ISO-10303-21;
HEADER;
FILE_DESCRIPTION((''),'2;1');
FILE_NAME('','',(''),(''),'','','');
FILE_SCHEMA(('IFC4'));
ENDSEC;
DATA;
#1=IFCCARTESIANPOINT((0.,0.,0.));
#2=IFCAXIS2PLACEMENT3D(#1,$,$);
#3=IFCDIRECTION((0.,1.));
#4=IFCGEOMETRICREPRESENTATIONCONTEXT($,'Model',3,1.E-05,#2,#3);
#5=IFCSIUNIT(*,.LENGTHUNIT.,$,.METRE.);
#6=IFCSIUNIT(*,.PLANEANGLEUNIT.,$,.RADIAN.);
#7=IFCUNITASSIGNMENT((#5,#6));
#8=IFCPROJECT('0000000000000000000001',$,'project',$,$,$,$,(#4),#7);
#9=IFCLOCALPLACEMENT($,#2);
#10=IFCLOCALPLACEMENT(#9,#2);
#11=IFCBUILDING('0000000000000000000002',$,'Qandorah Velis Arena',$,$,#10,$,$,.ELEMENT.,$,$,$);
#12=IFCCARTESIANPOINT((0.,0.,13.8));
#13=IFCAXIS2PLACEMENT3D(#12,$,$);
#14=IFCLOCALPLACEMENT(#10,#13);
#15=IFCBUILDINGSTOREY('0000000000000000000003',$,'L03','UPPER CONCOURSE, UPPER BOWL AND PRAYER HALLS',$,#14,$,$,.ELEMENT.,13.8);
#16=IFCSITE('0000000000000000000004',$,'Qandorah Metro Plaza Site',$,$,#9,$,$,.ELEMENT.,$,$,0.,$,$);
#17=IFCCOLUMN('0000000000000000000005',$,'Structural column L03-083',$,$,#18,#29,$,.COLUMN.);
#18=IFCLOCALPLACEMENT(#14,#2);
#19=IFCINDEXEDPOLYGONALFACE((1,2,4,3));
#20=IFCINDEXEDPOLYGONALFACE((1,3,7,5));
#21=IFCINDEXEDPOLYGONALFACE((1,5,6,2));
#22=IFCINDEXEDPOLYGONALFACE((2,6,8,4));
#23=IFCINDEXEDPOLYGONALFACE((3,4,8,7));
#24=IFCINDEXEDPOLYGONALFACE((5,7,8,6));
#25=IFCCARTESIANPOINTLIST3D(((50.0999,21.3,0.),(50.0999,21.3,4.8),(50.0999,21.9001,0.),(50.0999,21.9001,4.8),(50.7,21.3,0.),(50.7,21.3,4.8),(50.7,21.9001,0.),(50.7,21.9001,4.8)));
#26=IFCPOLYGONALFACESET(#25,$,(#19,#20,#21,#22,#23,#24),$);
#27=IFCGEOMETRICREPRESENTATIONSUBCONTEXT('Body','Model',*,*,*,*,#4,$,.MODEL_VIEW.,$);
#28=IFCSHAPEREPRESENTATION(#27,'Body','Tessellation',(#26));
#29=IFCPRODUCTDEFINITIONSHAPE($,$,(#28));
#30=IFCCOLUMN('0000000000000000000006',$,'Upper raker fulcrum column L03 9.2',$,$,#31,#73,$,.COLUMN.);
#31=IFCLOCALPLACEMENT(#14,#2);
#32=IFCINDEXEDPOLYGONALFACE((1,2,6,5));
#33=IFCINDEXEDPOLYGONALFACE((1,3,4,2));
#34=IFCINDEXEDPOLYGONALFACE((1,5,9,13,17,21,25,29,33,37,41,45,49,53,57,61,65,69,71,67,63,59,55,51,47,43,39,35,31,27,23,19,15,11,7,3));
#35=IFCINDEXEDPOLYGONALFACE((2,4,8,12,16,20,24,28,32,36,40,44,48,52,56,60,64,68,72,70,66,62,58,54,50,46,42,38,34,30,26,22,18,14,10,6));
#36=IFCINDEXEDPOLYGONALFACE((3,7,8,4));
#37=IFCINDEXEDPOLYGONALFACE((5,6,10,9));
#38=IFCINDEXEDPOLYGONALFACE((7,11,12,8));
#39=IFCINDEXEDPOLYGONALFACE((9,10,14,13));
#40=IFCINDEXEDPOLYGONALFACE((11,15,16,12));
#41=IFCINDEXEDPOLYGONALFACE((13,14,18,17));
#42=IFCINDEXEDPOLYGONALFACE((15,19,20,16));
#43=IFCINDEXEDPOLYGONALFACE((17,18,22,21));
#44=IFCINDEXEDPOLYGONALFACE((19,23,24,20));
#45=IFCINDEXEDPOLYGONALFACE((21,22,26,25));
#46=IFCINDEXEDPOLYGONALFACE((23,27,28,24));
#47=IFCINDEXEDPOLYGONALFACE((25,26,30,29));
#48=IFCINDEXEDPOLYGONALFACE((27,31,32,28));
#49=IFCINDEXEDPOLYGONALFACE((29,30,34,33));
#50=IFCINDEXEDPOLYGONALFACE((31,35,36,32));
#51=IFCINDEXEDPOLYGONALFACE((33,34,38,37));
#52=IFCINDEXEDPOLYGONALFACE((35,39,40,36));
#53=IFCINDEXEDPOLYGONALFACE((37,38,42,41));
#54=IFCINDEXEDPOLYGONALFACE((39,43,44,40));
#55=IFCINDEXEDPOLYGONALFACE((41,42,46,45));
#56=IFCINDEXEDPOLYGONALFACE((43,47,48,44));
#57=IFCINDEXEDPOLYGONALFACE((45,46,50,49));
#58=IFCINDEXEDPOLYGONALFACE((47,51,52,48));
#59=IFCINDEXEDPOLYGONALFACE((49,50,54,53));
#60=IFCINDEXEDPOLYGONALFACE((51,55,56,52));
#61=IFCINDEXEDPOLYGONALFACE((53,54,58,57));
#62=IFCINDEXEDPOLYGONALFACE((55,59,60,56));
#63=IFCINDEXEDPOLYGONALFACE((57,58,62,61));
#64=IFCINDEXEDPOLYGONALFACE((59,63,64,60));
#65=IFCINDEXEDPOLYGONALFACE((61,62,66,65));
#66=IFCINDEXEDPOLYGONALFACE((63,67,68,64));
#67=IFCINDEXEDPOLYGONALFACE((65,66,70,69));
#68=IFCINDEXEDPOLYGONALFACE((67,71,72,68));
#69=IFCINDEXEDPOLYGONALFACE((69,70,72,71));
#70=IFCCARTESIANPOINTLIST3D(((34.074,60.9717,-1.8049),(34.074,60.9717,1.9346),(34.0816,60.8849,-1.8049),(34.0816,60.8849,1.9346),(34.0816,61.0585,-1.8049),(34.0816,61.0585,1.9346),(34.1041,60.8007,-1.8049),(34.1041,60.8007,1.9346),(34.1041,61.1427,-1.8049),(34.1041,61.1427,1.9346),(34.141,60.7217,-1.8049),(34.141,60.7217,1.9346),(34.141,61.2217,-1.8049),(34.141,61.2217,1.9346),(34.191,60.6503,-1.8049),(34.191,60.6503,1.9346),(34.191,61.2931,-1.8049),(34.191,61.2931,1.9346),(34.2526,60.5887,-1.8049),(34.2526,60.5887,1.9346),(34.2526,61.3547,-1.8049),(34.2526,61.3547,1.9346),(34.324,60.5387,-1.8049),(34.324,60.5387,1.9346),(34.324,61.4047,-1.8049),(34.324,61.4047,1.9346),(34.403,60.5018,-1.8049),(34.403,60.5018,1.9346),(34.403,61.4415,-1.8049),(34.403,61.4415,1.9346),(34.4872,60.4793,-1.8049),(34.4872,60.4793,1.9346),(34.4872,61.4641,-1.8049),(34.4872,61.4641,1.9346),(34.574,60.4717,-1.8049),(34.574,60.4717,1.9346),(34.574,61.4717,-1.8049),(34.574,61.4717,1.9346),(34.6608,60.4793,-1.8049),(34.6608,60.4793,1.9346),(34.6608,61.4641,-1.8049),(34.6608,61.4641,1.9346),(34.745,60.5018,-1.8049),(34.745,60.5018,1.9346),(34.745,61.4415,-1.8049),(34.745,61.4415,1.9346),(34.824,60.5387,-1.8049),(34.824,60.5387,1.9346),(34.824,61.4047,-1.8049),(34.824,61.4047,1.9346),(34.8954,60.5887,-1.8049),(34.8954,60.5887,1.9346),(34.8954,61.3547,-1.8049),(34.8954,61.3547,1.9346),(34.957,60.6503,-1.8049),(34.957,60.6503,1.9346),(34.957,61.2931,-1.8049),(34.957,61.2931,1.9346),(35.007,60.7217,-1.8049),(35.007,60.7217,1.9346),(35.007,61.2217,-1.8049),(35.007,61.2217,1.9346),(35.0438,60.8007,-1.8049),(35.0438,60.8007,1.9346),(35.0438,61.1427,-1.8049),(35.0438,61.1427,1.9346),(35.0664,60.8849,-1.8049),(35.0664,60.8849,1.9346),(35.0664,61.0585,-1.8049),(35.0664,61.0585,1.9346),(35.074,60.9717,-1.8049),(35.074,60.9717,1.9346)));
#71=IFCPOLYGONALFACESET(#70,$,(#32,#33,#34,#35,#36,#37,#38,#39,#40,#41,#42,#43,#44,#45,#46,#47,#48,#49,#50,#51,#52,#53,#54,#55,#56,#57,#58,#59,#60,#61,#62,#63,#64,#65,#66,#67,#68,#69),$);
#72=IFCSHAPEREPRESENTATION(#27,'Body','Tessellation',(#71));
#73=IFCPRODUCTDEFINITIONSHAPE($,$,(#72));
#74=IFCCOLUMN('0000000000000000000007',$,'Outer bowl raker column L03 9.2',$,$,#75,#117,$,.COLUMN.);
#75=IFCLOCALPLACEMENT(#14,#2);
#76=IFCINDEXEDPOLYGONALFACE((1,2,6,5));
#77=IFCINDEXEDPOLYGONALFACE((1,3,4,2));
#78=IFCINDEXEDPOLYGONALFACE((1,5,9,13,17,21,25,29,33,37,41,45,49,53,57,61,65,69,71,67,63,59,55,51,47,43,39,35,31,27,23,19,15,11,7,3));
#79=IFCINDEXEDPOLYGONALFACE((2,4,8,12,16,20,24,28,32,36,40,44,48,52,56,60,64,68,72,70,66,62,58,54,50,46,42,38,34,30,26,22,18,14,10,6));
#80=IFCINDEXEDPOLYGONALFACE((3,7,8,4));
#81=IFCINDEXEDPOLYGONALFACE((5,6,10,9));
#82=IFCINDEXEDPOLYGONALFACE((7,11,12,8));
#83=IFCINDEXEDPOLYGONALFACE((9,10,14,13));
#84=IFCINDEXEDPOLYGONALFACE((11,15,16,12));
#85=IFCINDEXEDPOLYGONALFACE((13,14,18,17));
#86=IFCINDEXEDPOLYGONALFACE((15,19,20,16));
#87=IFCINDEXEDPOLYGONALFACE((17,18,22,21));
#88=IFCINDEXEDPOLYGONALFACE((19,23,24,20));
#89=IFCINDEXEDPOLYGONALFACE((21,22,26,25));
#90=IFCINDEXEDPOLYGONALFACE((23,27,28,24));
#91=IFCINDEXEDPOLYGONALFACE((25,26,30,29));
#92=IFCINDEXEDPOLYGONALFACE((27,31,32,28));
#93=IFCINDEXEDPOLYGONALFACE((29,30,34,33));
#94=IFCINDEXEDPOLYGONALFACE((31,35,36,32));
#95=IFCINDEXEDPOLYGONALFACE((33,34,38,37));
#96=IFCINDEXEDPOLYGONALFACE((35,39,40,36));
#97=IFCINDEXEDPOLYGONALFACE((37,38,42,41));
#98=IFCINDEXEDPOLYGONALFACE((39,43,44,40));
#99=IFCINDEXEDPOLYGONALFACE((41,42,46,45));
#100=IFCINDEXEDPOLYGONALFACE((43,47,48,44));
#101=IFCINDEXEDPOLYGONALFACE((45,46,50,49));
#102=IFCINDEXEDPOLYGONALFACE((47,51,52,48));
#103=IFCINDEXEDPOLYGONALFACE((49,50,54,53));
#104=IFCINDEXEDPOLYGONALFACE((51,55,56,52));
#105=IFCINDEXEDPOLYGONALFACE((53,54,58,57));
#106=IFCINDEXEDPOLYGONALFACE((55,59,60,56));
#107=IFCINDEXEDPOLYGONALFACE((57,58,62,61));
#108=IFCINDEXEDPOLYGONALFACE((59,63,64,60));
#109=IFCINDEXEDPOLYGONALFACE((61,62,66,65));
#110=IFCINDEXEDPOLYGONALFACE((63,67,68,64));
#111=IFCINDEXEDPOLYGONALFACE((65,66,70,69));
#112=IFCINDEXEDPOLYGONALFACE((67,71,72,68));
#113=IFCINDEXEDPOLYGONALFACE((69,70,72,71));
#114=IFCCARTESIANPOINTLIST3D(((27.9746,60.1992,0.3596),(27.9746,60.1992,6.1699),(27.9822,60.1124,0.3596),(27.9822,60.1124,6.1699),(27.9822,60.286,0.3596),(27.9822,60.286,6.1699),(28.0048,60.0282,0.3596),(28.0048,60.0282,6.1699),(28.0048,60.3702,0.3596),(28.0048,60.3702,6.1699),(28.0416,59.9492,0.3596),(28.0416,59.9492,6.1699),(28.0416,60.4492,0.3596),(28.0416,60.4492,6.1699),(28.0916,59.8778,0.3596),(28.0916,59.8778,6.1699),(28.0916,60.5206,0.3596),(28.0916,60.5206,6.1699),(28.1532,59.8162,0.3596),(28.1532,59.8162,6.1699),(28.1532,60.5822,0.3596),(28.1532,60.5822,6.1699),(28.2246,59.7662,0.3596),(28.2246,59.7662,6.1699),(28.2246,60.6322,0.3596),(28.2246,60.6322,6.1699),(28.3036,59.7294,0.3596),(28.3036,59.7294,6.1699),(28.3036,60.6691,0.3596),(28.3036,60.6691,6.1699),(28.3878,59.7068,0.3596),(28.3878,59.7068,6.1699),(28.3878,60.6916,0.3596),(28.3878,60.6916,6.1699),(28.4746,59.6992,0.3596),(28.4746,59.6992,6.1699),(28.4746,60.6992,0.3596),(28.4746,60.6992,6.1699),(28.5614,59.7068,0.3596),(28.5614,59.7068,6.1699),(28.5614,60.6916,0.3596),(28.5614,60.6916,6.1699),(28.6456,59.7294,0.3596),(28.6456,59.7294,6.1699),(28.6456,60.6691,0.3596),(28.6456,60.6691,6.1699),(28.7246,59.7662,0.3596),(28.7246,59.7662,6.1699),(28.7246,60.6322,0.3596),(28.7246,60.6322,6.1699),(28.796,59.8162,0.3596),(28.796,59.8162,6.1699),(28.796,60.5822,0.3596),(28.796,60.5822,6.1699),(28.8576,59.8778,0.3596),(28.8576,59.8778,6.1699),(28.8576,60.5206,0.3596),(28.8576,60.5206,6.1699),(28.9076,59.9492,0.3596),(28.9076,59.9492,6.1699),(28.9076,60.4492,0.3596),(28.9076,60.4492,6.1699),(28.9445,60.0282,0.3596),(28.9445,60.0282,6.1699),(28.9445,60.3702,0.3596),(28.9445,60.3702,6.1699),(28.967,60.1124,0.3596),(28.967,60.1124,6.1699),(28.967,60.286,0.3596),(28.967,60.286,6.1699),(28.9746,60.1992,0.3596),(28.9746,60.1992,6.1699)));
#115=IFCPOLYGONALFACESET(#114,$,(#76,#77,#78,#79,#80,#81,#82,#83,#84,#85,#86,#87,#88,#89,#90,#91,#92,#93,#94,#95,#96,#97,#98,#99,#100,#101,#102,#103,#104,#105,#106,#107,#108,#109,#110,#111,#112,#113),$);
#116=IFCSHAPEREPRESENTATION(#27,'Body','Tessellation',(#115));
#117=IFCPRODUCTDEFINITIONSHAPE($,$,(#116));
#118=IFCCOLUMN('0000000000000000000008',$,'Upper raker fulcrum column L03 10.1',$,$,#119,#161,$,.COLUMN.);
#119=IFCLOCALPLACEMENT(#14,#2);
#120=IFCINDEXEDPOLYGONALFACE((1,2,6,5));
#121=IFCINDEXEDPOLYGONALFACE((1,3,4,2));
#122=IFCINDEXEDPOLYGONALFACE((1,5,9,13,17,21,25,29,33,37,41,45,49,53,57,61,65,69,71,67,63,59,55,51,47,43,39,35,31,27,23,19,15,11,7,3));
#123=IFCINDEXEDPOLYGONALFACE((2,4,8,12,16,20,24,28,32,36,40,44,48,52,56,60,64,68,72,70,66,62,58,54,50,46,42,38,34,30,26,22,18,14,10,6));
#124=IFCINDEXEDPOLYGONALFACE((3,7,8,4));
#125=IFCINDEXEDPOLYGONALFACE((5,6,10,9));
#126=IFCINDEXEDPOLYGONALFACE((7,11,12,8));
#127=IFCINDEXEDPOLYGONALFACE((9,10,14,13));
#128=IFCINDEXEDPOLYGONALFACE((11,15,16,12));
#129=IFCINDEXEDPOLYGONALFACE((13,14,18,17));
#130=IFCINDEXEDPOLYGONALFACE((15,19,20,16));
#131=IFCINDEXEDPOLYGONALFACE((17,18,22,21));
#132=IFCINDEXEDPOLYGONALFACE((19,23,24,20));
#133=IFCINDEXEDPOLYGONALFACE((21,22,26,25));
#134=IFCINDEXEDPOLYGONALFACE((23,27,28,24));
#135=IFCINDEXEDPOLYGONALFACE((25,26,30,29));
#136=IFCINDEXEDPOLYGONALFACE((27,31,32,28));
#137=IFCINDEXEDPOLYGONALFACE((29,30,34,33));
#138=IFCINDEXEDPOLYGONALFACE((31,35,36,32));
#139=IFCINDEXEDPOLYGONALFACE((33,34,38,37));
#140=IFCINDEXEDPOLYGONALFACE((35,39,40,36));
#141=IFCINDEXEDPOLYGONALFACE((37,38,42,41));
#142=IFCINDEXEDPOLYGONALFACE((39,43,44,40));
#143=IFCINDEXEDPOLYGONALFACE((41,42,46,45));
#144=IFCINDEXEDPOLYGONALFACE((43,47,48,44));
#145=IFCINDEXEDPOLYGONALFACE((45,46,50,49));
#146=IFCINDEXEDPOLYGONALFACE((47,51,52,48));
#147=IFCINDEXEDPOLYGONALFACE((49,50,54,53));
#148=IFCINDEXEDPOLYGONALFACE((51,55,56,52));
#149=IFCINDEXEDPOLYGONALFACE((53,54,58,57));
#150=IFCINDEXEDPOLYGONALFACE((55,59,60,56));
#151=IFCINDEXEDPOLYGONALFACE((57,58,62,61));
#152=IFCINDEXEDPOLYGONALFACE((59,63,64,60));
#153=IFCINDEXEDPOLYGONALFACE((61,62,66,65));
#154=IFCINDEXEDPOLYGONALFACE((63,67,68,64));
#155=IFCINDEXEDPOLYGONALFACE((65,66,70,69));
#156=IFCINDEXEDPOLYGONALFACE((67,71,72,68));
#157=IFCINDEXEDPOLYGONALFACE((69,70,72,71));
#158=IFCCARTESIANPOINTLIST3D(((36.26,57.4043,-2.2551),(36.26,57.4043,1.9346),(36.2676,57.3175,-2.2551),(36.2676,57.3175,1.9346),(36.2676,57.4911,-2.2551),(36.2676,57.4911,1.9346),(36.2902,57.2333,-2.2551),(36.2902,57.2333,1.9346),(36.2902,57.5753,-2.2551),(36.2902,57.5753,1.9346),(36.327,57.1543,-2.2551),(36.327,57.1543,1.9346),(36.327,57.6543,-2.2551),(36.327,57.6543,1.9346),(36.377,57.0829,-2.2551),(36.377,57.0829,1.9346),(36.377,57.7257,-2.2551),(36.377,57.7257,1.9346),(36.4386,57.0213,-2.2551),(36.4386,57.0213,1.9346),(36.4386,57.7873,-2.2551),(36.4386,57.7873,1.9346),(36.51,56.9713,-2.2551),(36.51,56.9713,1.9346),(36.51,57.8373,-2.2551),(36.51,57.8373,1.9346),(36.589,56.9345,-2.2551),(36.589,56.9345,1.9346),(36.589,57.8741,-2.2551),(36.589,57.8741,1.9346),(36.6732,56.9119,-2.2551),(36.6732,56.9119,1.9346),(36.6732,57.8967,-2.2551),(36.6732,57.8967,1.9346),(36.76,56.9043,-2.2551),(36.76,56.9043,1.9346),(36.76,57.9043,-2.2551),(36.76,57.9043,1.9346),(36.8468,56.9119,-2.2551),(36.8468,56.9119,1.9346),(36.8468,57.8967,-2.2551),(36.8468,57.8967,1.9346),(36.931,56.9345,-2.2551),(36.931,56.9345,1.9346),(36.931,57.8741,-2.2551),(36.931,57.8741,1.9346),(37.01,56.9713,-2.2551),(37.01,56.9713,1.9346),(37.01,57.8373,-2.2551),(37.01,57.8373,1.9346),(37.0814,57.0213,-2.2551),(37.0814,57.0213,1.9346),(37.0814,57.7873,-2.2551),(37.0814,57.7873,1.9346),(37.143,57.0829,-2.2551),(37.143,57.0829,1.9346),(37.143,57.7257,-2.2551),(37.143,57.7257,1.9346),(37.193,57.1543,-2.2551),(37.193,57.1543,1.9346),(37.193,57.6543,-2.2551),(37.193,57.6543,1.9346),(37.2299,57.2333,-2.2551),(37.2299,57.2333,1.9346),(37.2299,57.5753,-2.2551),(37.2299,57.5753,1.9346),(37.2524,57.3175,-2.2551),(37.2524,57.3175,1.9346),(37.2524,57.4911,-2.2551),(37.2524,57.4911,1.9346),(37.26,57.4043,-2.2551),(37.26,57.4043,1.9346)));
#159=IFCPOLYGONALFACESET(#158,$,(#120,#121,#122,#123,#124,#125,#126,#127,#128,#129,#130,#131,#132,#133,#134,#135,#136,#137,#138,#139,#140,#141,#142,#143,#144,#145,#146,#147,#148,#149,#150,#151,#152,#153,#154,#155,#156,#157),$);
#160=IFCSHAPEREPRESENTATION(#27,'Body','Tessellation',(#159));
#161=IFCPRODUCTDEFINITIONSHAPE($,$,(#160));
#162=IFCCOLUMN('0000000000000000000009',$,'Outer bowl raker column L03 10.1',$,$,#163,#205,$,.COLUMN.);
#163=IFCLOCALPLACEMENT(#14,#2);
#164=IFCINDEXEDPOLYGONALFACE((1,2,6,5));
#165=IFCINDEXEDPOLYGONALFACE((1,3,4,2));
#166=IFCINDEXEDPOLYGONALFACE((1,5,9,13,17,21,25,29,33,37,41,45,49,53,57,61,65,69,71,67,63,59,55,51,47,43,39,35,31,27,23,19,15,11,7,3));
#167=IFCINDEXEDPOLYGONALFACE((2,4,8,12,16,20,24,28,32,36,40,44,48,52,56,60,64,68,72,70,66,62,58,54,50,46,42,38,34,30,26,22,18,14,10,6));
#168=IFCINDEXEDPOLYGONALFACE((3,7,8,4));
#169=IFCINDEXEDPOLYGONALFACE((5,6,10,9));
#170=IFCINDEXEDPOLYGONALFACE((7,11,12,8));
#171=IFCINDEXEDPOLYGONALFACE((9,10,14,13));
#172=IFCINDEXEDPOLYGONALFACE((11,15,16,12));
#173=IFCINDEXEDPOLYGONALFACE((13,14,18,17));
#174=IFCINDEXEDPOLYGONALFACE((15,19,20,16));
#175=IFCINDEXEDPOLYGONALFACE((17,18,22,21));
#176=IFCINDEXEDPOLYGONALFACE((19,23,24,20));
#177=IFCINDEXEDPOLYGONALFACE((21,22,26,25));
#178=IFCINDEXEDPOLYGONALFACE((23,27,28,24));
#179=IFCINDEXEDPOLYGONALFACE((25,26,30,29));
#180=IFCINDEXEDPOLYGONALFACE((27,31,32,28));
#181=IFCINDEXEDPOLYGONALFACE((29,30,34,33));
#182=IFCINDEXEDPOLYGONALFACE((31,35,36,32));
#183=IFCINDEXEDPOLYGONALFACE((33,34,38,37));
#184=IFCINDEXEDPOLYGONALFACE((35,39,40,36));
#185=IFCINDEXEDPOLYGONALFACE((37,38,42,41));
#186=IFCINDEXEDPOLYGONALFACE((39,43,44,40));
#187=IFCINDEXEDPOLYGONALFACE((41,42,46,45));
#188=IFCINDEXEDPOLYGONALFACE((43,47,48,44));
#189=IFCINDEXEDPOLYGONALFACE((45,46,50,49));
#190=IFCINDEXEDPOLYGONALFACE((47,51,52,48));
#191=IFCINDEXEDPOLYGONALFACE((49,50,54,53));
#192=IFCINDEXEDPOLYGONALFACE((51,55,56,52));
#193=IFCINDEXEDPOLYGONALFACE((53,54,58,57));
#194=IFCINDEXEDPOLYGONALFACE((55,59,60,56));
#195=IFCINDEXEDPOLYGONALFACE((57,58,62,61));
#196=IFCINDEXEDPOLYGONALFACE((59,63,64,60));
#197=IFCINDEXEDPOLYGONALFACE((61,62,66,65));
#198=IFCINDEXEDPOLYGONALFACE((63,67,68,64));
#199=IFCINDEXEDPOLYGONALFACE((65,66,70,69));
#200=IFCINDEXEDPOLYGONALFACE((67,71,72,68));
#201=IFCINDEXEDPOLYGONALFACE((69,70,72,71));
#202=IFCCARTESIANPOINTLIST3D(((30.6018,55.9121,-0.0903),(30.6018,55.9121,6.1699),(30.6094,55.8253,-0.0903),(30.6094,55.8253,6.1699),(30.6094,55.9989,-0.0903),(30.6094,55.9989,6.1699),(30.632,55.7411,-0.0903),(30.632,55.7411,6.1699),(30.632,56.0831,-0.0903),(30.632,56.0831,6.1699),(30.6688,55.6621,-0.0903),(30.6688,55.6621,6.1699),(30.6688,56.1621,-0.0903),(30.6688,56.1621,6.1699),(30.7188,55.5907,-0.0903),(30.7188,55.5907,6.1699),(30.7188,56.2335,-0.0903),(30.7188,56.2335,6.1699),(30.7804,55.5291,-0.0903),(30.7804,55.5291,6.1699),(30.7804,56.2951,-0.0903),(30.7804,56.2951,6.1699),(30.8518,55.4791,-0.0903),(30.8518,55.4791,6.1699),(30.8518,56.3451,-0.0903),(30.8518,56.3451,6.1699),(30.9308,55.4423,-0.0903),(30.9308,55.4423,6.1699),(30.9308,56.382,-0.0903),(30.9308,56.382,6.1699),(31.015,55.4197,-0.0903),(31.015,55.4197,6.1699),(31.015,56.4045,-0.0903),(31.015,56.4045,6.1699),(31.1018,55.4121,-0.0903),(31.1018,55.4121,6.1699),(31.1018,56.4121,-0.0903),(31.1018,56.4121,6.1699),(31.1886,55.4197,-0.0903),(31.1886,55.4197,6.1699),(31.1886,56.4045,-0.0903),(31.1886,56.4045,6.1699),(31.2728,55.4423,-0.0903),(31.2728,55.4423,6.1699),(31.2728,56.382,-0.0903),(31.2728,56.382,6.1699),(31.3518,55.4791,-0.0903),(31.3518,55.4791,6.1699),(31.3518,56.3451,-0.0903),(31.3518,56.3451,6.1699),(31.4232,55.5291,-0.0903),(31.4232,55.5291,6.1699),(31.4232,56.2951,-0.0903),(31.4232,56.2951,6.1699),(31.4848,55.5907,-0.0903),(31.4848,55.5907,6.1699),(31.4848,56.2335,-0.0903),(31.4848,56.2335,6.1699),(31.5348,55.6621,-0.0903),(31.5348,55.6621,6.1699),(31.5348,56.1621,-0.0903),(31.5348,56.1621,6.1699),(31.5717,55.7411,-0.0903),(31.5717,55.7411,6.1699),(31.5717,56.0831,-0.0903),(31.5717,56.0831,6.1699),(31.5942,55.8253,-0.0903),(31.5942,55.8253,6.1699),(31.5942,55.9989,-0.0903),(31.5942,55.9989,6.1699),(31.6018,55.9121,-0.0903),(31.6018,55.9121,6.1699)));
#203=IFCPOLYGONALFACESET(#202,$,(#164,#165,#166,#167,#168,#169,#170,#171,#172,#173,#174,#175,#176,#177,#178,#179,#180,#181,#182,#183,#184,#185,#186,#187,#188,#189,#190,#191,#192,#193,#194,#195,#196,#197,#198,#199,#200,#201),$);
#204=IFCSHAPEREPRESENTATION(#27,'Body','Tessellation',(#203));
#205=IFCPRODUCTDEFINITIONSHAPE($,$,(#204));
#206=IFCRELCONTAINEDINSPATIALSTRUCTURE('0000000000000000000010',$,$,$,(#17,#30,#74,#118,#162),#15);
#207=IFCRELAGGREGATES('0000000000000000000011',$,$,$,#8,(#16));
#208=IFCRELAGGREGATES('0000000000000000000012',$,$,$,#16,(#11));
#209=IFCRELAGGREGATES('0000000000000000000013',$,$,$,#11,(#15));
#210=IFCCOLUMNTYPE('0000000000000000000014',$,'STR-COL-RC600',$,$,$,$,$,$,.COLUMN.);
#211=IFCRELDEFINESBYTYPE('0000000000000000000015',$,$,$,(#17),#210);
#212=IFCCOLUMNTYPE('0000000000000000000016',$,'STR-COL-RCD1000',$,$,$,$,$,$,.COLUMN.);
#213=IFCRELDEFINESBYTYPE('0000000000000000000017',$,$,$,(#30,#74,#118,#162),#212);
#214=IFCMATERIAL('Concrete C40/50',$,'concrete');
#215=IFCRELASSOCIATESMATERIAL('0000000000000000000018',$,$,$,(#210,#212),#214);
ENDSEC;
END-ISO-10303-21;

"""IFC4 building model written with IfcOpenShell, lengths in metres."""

from ifc_helpers import new_model, si_unit, direction, frame, origin, origin_2d, place, context, subcontext, project, spatial, rectangle, circle, extrude, material, material_profile, profile_set, type_object, element, save


model = new_model("IFC4")

# Units and contexts
model_context = context("Model", 3, precision=1e-05, world=origin(), true_north=direction((0.0, 1.0)))
body_context = subcontext(model_context, "Body", "Model", "MODEL_VIEW")
ifc_project = project(units=[si_unit("LENGTHUNIT", "METRE"), si_unit("PLANEANGLEUNIT", "RADIAN")], contexts=[model_context])

# Site, building, storey
site_placement = place(None, origin())
site = spatial("IfcSite", under=ifc_project, at=site_placement, Name="Qandorah Metro Plaza Site", CompositionType="ELEMENT", RefElevation=0.0)
building_placement = place(site_placement, origin())
building = spatial("IfcBuilding", under=site, at=building_placement, Name="Qandorah Velis Arena", CompositionType="ELEMENT")
storey_placement = place(building_placement, frame((0.0, 0.0, 13.8)))
storey = spatial("IfcBuildingStorey", under=building, at=storey_placement, Name="L03", Description="UPPER CONCOURSE, UPPER BOWL AND PRAYER HALLS", CompositionType="ELEMENT", Elevation=13.8)

# Columns
ifc_material_1 = material(Name="Concrete C40/50", Category="concrete")
ifc_material_profile_1 = material_profile(ifc_material_1, rectangle(XDim=0.6001, YDim=0.6001, at=origin_2d()), Name="RC COL 600x600")
ifc_profile_set_1 = profile_set([ifc_material_profile_1], Name="Concrete C40/50")
column_type_1 = type_object("IfcColumnType", Name="STR-COL-RC600", PredefinedType="COLUMN", material=ifc_profile_set_1)
column_1_placement = place(storey_placement, frame((50.3999, 21.6001, 0.0), z_axis=(0.0, 0.0, 1.0), x_axis=(1.0, 0.0, 0.0)))
element("IfcColumn", 1, at=column_1_placement, inside=storey, type_object=column_type_1, Name="Structural column L03-083", PredefinedType="COLUMN", context=body_context, shape_type="SweptSolid", body=[
    extrude(rectangle(XDim=0.6001, YDim=0.6001, at=origin_2d()), origin(), (0.0, 0.0, 1.0), 4.8),
])
ifc_material_profile_2 = material_profile(ifc_material_1, circle(Radius=0.5, at=origin_2d()), Name="RC D1000")
ifc_profile_set_2 = profile_set([ifc_material_profile_2], Name="Concrete C40/50")
column_type_2 = type_object("IfcColumnType", Name="STR-COL-RCD1000", PredefinedType="COLUMN", material=ifc_profile_set_2)
column_2_placement = place(storey_placement, frame((34.574, 60.9717, -1.8049), z_axis=(0.0, 0.0, 1.0), x_axis=(1.0, 0.0, 0.0)))
element("IfcColumn", 2, at=column_2_placement, inside=storey, type_object=column_type_2, Name="Upper raker fulcrum column L03 9.2", PredefinedType="COLUMN", context=body_context, shape_type="SweptSolid", body=[
    extrude(circle(Radius=0.5, at=origin_2d()), origin(), (0.0, 0.0, 1.0), 3.7395),
])
column_3_placement = place(storey_placement, frame((28.4746, 60.1992, 0.3596), z_axis=(0.0, 0.0, 1.0), x_axis=(1.0, 0.0, 0.0)))
element("IfcColumn", 3, at=column_3_placement, inside=storey, type_object=column_type_2, Name="Outer bowl raker column L03 9.2", PredefinedType="COLUMN", context=body_context, shape_type="SweptSolid", body=[
    extrude(circle(Radius=0.5, at=origin_2d()), origin(), (0.0, 0.0, 1.0), 5.8103),
])
column_4_placement = place(storey_placement, frame((36.76, 57.4043, -2.2551), z_axis=(0.0, 0.0, 1.0), x_axis=(1.0, 0.0, 0.0)))
element("IfcColumn", 4, at=column_4_placement, inside=storey, type_object=column_type_2, Name="Upper raker fulcrum column L03 10.1", PredefinedType="COLUMN", context=body_context, shape_type="SweptSolid", body=[
    extrude(circle(Radius=0.5, at=origin_2d()), origin(), (0.0, 0.0, 1.0), 4.1897),
])
column_5_placement = place(storey_placement, frame((31.1018, 55.9121, -0.0903), z_axis=(0.0, 0.0, 1.0), x_axis=(1.0, 0.0, 0.0)))
element("IfcColumn", 5, at=column_5_placement, inside=storey, type_object=column_type_2, Name="Outer bowl raker column L03 10.1", PredefinedType="COLUMN", context=body_context, shape_type="SweptSolid", body=[
    extrude(circle(Radius=0.5, at=origin_2d()), origin(), (0.0, 0.0, 1.0), 6.2603),
])

save(model, "model.ifc")
